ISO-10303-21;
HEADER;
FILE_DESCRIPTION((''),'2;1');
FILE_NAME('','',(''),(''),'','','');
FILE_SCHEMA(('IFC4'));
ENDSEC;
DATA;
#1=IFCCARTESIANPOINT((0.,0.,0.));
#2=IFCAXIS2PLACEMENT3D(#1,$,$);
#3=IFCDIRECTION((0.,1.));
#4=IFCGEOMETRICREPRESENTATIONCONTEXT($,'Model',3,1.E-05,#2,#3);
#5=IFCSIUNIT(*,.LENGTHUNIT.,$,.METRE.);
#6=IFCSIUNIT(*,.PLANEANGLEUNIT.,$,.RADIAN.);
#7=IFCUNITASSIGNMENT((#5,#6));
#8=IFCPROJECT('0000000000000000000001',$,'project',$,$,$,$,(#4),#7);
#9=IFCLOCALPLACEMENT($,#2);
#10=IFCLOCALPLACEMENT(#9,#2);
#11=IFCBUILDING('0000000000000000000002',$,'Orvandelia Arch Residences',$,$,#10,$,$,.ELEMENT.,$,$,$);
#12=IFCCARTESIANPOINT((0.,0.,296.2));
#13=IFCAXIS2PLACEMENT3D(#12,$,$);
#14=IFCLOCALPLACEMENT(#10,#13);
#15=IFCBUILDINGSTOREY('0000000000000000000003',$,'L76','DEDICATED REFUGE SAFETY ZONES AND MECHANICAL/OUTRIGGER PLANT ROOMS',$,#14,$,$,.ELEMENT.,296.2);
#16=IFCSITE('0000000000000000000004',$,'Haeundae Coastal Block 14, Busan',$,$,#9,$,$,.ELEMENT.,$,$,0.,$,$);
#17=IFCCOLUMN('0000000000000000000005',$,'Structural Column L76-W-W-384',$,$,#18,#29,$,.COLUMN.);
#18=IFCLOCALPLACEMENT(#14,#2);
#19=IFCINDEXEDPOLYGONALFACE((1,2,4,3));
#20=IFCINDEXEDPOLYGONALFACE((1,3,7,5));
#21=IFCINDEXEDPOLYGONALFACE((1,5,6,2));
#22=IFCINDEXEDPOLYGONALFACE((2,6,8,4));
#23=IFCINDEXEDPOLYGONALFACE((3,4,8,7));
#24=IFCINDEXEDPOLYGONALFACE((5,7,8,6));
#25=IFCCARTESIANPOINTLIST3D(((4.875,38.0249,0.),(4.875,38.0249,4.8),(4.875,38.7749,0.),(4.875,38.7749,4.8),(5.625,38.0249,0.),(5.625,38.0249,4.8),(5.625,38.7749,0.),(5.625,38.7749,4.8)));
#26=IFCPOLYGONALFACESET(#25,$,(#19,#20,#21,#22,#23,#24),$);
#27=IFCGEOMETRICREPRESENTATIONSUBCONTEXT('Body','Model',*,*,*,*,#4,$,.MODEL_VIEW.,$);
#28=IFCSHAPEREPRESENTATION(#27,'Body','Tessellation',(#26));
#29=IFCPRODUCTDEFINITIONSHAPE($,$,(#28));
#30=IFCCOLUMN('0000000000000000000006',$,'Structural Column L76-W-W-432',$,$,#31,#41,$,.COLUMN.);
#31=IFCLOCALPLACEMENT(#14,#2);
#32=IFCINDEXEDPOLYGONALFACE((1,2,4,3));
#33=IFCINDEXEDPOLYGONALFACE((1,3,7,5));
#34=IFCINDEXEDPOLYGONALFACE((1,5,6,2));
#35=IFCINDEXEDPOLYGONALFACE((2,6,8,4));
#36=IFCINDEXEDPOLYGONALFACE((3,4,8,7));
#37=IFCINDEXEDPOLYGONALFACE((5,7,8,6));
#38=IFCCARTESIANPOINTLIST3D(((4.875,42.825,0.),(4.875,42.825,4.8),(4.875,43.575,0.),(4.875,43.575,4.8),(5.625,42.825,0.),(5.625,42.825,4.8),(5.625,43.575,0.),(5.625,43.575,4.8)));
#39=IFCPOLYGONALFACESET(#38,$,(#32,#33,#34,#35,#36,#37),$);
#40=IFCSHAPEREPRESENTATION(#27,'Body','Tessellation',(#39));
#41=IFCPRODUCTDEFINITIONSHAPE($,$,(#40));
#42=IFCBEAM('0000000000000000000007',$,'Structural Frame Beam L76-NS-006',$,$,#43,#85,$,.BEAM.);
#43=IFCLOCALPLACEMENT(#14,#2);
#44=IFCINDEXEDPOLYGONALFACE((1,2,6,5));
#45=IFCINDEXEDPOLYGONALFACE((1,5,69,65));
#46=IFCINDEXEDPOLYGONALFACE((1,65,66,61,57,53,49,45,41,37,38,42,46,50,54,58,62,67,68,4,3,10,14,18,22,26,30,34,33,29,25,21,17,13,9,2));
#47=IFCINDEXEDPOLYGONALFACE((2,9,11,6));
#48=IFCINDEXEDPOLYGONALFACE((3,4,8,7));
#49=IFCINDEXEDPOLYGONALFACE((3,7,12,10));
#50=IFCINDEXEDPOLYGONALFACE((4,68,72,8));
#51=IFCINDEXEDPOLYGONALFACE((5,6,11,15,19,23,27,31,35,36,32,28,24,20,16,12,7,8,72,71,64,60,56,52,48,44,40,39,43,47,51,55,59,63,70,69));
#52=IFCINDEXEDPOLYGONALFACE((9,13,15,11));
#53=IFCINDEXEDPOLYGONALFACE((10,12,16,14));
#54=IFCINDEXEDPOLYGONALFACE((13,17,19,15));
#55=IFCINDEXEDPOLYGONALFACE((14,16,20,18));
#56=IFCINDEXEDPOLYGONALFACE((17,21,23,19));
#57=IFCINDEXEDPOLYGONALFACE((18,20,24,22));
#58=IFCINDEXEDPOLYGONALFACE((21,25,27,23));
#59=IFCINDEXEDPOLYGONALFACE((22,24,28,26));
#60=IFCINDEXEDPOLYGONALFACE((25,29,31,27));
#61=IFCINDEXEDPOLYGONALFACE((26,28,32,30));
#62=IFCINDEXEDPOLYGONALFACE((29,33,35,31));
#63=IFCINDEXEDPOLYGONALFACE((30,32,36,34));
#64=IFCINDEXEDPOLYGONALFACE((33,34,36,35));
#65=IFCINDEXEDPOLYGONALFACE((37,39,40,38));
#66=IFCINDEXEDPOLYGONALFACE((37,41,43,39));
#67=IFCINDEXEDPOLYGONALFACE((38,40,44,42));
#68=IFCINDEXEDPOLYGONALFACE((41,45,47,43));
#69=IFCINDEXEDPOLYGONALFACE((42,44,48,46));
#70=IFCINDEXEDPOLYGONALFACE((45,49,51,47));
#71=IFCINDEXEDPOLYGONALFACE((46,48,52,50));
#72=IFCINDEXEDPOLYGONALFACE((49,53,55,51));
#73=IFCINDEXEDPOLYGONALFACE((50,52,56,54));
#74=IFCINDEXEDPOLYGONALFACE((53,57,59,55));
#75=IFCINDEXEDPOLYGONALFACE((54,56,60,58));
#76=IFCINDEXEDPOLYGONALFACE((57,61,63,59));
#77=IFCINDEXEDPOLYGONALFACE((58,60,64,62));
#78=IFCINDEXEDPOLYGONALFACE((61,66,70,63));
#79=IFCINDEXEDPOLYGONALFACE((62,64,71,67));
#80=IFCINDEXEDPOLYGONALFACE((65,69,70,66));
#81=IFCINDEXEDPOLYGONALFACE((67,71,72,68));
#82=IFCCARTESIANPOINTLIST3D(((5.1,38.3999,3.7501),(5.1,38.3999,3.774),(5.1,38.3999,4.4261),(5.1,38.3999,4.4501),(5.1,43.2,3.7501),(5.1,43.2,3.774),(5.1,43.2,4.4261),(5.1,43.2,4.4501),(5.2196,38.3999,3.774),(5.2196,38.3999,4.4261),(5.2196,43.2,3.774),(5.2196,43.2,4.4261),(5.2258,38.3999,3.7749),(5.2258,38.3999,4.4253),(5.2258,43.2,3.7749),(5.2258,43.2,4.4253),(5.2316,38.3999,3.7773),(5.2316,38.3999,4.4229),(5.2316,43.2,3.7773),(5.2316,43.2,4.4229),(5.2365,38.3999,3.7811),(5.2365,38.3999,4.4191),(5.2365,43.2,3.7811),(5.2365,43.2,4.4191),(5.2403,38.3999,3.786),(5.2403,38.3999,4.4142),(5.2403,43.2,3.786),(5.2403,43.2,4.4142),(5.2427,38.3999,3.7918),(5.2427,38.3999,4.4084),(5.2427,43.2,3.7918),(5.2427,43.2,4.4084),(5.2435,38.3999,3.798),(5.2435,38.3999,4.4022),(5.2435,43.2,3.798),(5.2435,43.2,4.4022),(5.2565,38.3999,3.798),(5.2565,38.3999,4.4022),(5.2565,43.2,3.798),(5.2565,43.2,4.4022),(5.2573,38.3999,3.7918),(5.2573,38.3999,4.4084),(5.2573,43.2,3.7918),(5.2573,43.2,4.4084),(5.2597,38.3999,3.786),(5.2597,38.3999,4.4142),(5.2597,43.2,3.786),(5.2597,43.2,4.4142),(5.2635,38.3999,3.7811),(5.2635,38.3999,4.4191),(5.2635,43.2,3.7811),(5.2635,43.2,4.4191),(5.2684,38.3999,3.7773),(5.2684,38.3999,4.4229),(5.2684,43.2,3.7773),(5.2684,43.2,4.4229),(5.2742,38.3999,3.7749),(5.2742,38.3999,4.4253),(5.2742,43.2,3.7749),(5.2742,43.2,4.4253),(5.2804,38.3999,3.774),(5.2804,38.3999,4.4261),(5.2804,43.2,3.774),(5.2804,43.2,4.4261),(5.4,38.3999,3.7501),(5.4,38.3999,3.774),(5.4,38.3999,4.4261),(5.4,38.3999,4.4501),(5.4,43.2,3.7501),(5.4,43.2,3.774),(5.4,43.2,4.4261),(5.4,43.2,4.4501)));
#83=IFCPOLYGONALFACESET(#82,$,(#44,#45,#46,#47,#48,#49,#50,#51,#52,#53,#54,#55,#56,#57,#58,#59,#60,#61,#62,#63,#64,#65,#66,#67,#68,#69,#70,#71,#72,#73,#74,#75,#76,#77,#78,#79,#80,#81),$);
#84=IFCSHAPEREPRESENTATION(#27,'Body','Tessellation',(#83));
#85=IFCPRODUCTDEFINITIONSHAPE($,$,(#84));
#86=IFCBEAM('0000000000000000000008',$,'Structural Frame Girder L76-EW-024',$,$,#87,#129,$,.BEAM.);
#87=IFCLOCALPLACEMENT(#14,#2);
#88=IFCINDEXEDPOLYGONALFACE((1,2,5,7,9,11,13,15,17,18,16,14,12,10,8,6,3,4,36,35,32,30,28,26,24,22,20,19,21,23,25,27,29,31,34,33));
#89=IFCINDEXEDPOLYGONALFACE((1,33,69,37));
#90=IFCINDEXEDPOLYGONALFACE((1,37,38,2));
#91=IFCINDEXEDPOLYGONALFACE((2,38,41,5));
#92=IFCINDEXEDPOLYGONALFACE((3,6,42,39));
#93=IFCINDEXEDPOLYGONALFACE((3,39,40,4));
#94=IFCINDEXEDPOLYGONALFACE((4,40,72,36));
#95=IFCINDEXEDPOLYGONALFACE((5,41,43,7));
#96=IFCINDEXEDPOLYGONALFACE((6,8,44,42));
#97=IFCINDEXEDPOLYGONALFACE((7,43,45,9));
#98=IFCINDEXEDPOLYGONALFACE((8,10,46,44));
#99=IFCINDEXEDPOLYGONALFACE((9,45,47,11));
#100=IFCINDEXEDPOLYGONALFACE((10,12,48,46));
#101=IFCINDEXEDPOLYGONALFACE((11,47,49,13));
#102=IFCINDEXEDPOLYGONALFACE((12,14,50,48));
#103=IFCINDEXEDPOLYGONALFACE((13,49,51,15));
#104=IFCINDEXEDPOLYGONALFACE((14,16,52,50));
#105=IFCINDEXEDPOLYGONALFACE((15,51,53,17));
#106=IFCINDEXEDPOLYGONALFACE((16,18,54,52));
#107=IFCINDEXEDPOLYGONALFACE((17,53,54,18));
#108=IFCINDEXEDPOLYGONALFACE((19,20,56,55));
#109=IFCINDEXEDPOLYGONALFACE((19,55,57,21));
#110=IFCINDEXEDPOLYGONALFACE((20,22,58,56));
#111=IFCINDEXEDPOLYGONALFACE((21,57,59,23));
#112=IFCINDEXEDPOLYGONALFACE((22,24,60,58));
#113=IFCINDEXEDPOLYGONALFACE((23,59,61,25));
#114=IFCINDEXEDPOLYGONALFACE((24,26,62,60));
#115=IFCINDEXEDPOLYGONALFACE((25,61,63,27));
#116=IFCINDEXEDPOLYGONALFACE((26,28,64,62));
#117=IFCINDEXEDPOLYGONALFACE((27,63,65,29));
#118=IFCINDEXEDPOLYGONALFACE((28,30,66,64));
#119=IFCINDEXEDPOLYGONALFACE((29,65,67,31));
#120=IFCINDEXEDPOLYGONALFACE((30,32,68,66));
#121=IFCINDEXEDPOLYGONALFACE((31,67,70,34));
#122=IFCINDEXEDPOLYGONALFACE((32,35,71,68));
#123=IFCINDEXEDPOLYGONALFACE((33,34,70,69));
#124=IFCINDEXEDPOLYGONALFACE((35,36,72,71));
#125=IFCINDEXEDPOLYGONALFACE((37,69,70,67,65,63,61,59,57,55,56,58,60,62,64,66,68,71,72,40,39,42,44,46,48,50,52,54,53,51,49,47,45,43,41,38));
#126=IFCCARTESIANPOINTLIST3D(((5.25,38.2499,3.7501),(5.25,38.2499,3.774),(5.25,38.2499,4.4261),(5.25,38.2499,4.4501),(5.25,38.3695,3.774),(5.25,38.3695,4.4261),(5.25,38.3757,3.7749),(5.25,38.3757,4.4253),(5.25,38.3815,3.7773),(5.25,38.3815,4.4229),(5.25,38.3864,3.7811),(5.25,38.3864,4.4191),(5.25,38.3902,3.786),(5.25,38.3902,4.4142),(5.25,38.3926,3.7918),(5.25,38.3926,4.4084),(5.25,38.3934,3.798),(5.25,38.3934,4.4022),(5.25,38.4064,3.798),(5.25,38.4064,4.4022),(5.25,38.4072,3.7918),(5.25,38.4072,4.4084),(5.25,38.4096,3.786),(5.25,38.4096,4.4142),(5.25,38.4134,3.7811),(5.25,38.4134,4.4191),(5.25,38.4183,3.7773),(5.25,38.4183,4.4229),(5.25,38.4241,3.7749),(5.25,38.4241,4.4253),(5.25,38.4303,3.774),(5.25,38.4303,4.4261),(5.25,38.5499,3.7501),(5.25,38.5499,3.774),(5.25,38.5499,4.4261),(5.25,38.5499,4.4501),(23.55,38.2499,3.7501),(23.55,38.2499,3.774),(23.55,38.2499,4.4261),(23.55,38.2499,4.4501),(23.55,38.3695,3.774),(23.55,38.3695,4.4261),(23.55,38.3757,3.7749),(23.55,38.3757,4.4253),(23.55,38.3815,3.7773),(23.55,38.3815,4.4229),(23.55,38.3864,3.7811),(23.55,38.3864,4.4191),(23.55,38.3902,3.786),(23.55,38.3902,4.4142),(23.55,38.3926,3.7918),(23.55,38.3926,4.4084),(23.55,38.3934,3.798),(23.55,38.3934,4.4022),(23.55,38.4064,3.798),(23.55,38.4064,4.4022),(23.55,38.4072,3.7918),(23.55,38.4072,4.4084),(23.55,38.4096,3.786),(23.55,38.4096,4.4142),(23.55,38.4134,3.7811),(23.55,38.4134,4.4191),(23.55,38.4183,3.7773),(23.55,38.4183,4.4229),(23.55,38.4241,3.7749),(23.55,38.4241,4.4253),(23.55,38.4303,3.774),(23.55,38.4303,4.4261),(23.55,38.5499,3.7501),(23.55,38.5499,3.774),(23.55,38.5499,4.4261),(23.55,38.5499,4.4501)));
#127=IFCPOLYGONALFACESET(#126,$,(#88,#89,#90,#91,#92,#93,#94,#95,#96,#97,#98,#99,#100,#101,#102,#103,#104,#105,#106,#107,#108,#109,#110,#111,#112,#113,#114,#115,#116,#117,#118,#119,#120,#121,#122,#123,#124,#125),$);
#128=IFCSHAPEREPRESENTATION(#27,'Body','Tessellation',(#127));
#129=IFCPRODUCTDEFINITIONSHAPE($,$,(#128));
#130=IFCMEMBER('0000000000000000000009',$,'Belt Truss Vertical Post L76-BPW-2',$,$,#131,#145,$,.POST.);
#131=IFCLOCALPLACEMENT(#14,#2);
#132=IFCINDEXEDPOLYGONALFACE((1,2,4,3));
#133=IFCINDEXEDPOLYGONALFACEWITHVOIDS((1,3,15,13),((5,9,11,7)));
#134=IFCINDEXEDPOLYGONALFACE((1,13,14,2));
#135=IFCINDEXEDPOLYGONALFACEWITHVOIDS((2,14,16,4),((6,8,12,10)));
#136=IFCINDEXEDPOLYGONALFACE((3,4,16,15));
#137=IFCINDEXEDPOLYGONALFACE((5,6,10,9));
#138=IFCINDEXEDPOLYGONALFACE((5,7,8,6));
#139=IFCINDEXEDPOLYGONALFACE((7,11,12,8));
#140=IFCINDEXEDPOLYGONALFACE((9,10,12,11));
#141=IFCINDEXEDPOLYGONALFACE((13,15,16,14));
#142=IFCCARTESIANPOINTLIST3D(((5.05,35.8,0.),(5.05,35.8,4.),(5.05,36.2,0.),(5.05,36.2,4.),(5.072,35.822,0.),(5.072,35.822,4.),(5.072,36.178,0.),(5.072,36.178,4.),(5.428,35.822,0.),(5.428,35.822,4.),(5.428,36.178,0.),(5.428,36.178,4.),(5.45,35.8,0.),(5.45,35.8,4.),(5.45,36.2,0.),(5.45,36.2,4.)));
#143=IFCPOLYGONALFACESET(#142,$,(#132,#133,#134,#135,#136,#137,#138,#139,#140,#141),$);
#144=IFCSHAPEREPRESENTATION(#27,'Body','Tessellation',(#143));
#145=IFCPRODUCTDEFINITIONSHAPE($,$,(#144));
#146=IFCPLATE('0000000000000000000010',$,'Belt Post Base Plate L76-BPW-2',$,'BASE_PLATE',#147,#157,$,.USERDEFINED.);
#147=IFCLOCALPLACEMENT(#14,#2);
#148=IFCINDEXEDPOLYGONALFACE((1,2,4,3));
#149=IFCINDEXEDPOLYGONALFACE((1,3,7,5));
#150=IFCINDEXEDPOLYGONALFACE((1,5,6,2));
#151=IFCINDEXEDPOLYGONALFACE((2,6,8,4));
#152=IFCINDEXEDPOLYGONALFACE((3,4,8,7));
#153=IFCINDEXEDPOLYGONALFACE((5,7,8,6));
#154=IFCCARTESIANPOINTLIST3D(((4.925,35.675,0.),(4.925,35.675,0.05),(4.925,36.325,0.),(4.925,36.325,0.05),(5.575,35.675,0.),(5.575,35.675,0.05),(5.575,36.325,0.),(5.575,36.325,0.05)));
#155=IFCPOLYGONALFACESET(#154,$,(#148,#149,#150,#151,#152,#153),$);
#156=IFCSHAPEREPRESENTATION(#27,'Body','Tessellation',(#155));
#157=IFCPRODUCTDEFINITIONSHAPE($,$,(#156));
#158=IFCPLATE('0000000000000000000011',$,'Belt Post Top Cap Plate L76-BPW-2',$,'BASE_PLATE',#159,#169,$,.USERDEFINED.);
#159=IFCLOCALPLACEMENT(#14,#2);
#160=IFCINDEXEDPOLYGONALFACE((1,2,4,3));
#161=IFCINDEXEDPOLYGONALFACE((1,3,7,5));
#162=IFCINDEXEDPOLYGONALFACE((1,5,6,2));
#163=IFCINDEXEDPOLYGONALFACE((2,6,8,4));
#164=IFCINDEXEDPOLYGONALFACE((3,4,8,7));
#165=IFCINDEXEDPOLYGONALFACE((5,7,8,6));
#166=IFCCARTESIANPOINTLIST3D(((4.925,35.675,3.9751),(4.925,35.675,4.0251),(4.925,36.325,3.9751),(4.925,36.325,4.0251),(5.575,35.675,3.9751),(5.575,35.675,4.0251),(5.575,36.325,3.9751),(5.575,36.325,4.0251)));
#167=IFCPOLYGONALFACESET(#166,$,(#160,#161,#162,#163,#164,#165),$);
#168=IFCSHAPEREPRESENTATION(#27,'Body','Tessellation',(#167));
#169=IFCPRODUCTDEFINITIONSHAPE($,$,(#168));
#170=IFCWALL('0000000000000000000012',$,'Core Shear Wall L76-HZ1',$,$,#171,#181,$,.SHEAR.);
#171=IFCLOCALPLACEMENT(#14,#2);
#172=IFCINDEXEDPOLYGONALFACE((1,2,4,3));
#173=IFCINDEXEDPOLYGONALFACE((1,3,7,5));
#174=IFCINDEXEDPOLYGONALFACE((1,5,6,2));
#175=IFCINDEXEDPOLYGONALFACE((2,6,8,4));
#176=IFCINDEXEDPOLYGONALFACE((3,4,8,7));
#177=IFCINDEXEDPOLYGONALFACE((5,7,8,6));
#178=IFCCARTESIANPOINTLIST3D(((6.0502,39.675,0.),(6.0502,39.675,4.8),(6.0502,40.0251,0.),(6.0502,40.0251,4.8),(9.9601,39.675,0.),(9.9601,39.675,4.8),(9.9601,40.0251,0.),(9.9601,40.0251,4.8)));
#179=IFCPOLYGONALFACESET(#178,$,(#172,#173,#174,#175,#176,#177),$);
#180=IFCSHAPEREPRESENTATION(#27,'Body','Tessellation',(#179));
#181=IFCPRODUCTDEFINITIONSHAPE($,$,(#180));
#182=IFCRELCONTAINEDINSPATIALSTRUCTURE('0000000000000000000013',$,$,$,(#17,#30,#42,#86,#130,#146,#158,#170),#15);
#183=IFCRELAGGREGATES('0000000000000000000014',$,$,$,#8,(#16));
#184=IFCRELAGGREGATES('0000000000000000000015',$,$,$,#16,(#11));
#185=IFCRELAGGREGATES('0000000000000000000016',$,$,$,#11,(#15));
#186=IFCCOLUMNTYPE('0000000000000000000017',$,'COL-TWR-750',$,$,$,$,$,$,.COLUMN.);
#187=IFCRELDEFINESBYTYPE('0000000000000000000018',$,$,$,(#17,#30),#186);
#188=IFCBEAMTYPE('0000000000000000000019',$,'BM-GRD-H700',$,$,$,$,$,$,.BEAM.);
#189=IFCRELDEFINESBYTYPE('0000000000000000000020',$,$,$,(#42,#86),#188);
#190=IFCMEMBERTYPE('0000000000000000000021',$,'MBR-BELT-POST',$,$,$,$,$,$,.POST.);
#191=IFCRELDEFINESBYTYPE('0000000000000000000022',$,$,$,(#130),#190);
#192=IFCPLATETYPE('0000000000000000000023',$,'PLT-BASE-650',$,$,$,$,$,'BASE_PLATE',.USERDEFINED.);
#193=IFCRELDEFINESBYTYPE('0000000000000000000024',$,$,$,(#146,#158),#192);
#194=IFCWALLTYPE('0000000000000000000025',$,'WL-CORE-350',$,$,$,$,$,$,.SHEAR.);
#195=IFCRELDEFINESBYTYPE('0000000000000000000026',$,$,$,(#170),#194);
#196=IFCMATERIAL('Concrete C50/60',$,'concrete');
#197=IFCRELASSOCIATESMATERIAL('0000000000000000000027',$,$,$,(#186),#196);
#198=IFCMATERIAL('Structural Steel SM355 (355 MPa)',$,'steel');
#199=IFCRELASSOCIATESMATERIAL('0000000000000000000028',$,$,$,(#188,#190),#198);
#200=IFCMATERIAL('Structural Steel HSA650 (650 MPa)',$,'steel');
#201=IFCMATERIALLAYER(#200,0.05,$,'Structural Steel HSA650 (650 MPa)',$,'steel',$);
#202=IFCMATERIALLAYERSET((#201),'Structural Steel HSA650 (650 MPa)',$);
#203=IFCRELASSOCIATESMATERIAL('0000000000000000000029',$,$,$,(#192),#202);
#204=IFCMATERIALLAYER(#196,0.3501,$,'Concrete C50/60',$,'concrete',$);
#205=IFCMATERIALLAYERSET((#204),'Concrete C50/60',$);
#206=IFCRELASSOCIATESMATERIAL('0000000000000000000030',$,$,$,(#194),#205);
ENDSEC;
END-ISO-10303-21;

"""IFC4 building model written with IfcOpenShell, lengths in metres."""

from ifc_helpers import new_model, si_unit, direction, frame, frame_2d, origin, origin_2d, place, context, subcontext, project, spatial, rectangle, hollow_rectangle, i_section, extrude, material, layer, layer_set, material_profile, profile_set, type_object, element, save


model = new_model("IFC4")

# Units and contexts
model_context = context("Model", 3, precision=1e-05, world=origin(), true_north=direction((0.0, 1.0)))
body_context = subcontext(model_context, "Body", "Model", "MODEL_VIEW")
ifc_project = project(units=[si_unit("LENGTHUNIT", "METRE"), si_unit("PLANEANGLEUNIT", "RADIAN")], contexts=[model_context])

# Site, building, storey
site_placement = place(None, origin())
site = spatial("IfcSite", under=ifc_project, at=site_placement, Name="Haeundae Coastal Block 14, Busan", CompositionType="ELEMENT", RefElevation=0.0)
building_placement = place(site_placement, origin())
building = spatial("IfcBuilding", under=site, at=building_placement, Name="Orvandelia Arch Residences", CompositionType="ELEMENT")
storey_placement = place(building_placement, frame((0.0, 0.0, 296.2)))
storey = spatial("IfcBuildingStorey", under=building, at=storey_placement, Name="L76", Description="DEDICATED REFUGE SAFETY ZONES AND MECHANICAL/OUTRIGGER PLANT ROOMS", CompositionType="ELEMENT", Elevation=296.2)

# Columns
ifc_material_1 = material(Name="Concrete C50/60", Category="concrete")
ifc_material_profile_1 = material_profile(ifc_material_1, rectangle(XDim=0.75, YDim=0.75, at=origin_2d()), Name="Concrete C50/60", Category="concrete")
ifc_profile_set_1 = profile_set([ifc_material_profile_1], Name="Concrete C50/60")
column_type = type_object("IfcColumnType", Name="COL-TWR-750", PredefinedType="COLUMN", material=ifc_profile_set_1)
for number, where, z_axis, x_axis, name in (
    (1, (5.25, 38.3999, 0.0), (0.0, 0.0, 1.0), (1.0, 0.0, 0.0), "Structural Column L76-W-W-384"),
    (2, (5.25, 43.2, 0.0), (0.0, 0.0, 1.0), (1.0, 0.0, 0.0), "Structural Column L76-W-W-432"),
):
    element("IfcColumn", number, at=place(storey_placement, frame(where, z_axis=z_axis, x_axis=x_axis)), inside=storey, type_object=column_type, Name=name, PredefinedType="COLUMN", context=body_context, shape_type="SweptSolid", body=[
        extrude(rectangle(XDim=0.75, YDim=0.75, at=origin_2d()), origin(), (0.0, 0.0, 1.0), 4.8),
    ])

# Beams
ifc_material_2 = material(Name="Structural Steel SM355 (355 MPa)", Category="steel")
ifc_material_profile_2 = material_profile(ifc_material_2, i_section(OverallWidth=0.3, OverallDepth=0.7, WebThickness=0.0129, FlangeThickness=0.0239, FilletRadius=0.0239, at=origin_2d()), Name="Structural Steel SM355 (355 MPa)", Category="steel")
ifc_profile_set_2 = profile_set([ifc_material_profile_2], Name="Structural Steel SM355 (355 MPa)")
beam_type = type_object("IfcBeamType", Name="BM-GRD-H700", PredefinedType="BEAM", material=ifc_profile_set_2)
beam_1_placement = place(storey_placement, frame((5.25, 38.3999, 4.1001), z_axis=(0.0, 1.0, 0.0), x_axis=(-1.0, 0.0, 0.0)))
element("IfcBeam", 3, at=beam_1_placement, inside=storey, type_object=beam_type, Name="Structural Frame Beam L76-NS-006", PredefinedType="BEAM", context=body_context, shape_type="SweptSolid", body=[
    extrude(i_section(OverallWidth=0.3, OverallDepth=0.7, WebThickness=0.0129, FlangeThickness=0.0239, FilletRadius=0.0239, at=origin_2d()), origin(), (0.0, 0.0, 1.0), 4.8),
])
beam_2_placement = place(storey_placement, frame((5.25, 38.3999, 4.1001), z_axis=(1.0, 0.0, 0.0), x_axis=(0.0, 1.0, 0.0)))
element("IfcBeam", 4, at=beam_2_placement, inside=storey, type_object=beam_type, Name="Structural Frame Girder L76-EW-024", PredefinedType="BEAM", context=body_context, shape_type="SweptSolid", body=[
    extrude(i_section(OverallWidth=0.3, OverallDepth=0.7, WebThickness=0.0129, FlangeThickness=0.0239, FilletRadius=0.0239, at=origin_2d()), origin(), (0.0, 0.0, 1.0), 18.3),
])

# Member
ifc_material_profile_3 = material_profile(ifc_material_2, hollow_rectangle(XDim=0.3999, YDim=0.3999, WallThickness=0.022, at=origin_2d()), Name="Structural Steel SM355 (355 MPa)", Category="steel")
ifc_profile_set_3 = profile_set([ifc_material_profile_3], Name="Structural Steel SM355 (355 MPa)")
member_type = type_object("IfcMemberType", Name="MBR-BELT-POST", PredefinedType="POST", material=ifc_profile_set_3)
member_placement = place(storey_placement, frame((5.25, 36.0, 0.0), z_axis=(0.0, 0.0, 1.0), x_axis=(1.0, 0.0, 0.0)))
element("IfcMember", 5, at=member_placement, inside=storey, type_object=member_type, Name="Belt Truss Vertical Post L76-BPW-2", PredefinedType="POST", context=body_context, shape_type="SweptSolid", body=[
    extrude(hollow_rectangle(XDim=0.3999, YDim=0.3999, WallThickness=0.022, at=origin_2d()), origin(), (0.0, 0.0, 1.0), 4.0),
])

# Plates
ifc_material_3 = material(Name="Structural Steel HSA650 (650 MPa)", Category="steel")
ifc_layer_1 = layer(ifc_material_3, 0.05, Name="Structural Steel HSA650 (650 MPa)", Category="steel")
ifc_layer_set_1 = layer_set([ifc_layer_1], Name="Structural Steel HSA650 (650 MPa)")
plate_type = type_object("IfcPlateType", Name="PLT-BASE-650", ElementType="BASE_PLATE", PredefinedType="USERDEFINED", material=ifc_layer_set_1)
for number, where, z_axis, x_axis, name in (
    (6, (5.25, 36.0, 0.0), (0.0, 0.0, 1.0), (1.0, 0.0, 0.0), "Belt Post Base Plate L76-BPW-2"),
    (7, (5.25, 36.0, 3.9751), (0.0, 0.0, 1.0), (1.0, 0.0, 0.0), "Belt Post Top Cap Plate L76-BPW-2"),
):
    element("IfcPlate", number, at=place(storey_placement, frame(where, z_axis=z_axis, x_axis=x_axis)), inside=storey, type_object=plate_type, Name=name, ObjectType="BASE_PLATE", PredefinedType="USERDEFINED", context=body_context, shape_type="SweptSolid", body=[
        extrude(rectangle(XDim=0.6499, YDim=0.6499, at=origin_2d()), origin(), (0.0, 0.0, 1.0), 0.05),
    ])

# Wall
ifc_layer_2 = layer(ifc_material_1, 0.3501, Name="Concrete C50/60", Category="concrete")
ifc_layer_set_2 = layer_set([ifc_layer_2], Name="Concrete C50/60")
wall_type_1 = type_object("IfcWallType", Name="WL-CORE-350", PredefinedType="SHEAR", material=ifc_layer_set_2)
wall_1_placement = place(storey_placement, frame((6.05, 39.8501, 0.0), z_axis=(0.0, 0.0, 1.0), x_axis=(1.0, 0.0, 0.0)))
element("IfcWall", 8, at=wall_1_placement, inside=storey, type_object=wall_type_1, Name="Core Shear Wall L76-HZ1", PredefinedType="SHEAR", context=body_context, shape_type="SweptSolid", body=[
    extrude(rectangle(XDim=3.9099, YDim=0.3501, at=frame_2d((1.9551, 0.0))), origin(), (0.0, 0.0, 1.0), 4.8),
])

save(model, "model.ifc")
